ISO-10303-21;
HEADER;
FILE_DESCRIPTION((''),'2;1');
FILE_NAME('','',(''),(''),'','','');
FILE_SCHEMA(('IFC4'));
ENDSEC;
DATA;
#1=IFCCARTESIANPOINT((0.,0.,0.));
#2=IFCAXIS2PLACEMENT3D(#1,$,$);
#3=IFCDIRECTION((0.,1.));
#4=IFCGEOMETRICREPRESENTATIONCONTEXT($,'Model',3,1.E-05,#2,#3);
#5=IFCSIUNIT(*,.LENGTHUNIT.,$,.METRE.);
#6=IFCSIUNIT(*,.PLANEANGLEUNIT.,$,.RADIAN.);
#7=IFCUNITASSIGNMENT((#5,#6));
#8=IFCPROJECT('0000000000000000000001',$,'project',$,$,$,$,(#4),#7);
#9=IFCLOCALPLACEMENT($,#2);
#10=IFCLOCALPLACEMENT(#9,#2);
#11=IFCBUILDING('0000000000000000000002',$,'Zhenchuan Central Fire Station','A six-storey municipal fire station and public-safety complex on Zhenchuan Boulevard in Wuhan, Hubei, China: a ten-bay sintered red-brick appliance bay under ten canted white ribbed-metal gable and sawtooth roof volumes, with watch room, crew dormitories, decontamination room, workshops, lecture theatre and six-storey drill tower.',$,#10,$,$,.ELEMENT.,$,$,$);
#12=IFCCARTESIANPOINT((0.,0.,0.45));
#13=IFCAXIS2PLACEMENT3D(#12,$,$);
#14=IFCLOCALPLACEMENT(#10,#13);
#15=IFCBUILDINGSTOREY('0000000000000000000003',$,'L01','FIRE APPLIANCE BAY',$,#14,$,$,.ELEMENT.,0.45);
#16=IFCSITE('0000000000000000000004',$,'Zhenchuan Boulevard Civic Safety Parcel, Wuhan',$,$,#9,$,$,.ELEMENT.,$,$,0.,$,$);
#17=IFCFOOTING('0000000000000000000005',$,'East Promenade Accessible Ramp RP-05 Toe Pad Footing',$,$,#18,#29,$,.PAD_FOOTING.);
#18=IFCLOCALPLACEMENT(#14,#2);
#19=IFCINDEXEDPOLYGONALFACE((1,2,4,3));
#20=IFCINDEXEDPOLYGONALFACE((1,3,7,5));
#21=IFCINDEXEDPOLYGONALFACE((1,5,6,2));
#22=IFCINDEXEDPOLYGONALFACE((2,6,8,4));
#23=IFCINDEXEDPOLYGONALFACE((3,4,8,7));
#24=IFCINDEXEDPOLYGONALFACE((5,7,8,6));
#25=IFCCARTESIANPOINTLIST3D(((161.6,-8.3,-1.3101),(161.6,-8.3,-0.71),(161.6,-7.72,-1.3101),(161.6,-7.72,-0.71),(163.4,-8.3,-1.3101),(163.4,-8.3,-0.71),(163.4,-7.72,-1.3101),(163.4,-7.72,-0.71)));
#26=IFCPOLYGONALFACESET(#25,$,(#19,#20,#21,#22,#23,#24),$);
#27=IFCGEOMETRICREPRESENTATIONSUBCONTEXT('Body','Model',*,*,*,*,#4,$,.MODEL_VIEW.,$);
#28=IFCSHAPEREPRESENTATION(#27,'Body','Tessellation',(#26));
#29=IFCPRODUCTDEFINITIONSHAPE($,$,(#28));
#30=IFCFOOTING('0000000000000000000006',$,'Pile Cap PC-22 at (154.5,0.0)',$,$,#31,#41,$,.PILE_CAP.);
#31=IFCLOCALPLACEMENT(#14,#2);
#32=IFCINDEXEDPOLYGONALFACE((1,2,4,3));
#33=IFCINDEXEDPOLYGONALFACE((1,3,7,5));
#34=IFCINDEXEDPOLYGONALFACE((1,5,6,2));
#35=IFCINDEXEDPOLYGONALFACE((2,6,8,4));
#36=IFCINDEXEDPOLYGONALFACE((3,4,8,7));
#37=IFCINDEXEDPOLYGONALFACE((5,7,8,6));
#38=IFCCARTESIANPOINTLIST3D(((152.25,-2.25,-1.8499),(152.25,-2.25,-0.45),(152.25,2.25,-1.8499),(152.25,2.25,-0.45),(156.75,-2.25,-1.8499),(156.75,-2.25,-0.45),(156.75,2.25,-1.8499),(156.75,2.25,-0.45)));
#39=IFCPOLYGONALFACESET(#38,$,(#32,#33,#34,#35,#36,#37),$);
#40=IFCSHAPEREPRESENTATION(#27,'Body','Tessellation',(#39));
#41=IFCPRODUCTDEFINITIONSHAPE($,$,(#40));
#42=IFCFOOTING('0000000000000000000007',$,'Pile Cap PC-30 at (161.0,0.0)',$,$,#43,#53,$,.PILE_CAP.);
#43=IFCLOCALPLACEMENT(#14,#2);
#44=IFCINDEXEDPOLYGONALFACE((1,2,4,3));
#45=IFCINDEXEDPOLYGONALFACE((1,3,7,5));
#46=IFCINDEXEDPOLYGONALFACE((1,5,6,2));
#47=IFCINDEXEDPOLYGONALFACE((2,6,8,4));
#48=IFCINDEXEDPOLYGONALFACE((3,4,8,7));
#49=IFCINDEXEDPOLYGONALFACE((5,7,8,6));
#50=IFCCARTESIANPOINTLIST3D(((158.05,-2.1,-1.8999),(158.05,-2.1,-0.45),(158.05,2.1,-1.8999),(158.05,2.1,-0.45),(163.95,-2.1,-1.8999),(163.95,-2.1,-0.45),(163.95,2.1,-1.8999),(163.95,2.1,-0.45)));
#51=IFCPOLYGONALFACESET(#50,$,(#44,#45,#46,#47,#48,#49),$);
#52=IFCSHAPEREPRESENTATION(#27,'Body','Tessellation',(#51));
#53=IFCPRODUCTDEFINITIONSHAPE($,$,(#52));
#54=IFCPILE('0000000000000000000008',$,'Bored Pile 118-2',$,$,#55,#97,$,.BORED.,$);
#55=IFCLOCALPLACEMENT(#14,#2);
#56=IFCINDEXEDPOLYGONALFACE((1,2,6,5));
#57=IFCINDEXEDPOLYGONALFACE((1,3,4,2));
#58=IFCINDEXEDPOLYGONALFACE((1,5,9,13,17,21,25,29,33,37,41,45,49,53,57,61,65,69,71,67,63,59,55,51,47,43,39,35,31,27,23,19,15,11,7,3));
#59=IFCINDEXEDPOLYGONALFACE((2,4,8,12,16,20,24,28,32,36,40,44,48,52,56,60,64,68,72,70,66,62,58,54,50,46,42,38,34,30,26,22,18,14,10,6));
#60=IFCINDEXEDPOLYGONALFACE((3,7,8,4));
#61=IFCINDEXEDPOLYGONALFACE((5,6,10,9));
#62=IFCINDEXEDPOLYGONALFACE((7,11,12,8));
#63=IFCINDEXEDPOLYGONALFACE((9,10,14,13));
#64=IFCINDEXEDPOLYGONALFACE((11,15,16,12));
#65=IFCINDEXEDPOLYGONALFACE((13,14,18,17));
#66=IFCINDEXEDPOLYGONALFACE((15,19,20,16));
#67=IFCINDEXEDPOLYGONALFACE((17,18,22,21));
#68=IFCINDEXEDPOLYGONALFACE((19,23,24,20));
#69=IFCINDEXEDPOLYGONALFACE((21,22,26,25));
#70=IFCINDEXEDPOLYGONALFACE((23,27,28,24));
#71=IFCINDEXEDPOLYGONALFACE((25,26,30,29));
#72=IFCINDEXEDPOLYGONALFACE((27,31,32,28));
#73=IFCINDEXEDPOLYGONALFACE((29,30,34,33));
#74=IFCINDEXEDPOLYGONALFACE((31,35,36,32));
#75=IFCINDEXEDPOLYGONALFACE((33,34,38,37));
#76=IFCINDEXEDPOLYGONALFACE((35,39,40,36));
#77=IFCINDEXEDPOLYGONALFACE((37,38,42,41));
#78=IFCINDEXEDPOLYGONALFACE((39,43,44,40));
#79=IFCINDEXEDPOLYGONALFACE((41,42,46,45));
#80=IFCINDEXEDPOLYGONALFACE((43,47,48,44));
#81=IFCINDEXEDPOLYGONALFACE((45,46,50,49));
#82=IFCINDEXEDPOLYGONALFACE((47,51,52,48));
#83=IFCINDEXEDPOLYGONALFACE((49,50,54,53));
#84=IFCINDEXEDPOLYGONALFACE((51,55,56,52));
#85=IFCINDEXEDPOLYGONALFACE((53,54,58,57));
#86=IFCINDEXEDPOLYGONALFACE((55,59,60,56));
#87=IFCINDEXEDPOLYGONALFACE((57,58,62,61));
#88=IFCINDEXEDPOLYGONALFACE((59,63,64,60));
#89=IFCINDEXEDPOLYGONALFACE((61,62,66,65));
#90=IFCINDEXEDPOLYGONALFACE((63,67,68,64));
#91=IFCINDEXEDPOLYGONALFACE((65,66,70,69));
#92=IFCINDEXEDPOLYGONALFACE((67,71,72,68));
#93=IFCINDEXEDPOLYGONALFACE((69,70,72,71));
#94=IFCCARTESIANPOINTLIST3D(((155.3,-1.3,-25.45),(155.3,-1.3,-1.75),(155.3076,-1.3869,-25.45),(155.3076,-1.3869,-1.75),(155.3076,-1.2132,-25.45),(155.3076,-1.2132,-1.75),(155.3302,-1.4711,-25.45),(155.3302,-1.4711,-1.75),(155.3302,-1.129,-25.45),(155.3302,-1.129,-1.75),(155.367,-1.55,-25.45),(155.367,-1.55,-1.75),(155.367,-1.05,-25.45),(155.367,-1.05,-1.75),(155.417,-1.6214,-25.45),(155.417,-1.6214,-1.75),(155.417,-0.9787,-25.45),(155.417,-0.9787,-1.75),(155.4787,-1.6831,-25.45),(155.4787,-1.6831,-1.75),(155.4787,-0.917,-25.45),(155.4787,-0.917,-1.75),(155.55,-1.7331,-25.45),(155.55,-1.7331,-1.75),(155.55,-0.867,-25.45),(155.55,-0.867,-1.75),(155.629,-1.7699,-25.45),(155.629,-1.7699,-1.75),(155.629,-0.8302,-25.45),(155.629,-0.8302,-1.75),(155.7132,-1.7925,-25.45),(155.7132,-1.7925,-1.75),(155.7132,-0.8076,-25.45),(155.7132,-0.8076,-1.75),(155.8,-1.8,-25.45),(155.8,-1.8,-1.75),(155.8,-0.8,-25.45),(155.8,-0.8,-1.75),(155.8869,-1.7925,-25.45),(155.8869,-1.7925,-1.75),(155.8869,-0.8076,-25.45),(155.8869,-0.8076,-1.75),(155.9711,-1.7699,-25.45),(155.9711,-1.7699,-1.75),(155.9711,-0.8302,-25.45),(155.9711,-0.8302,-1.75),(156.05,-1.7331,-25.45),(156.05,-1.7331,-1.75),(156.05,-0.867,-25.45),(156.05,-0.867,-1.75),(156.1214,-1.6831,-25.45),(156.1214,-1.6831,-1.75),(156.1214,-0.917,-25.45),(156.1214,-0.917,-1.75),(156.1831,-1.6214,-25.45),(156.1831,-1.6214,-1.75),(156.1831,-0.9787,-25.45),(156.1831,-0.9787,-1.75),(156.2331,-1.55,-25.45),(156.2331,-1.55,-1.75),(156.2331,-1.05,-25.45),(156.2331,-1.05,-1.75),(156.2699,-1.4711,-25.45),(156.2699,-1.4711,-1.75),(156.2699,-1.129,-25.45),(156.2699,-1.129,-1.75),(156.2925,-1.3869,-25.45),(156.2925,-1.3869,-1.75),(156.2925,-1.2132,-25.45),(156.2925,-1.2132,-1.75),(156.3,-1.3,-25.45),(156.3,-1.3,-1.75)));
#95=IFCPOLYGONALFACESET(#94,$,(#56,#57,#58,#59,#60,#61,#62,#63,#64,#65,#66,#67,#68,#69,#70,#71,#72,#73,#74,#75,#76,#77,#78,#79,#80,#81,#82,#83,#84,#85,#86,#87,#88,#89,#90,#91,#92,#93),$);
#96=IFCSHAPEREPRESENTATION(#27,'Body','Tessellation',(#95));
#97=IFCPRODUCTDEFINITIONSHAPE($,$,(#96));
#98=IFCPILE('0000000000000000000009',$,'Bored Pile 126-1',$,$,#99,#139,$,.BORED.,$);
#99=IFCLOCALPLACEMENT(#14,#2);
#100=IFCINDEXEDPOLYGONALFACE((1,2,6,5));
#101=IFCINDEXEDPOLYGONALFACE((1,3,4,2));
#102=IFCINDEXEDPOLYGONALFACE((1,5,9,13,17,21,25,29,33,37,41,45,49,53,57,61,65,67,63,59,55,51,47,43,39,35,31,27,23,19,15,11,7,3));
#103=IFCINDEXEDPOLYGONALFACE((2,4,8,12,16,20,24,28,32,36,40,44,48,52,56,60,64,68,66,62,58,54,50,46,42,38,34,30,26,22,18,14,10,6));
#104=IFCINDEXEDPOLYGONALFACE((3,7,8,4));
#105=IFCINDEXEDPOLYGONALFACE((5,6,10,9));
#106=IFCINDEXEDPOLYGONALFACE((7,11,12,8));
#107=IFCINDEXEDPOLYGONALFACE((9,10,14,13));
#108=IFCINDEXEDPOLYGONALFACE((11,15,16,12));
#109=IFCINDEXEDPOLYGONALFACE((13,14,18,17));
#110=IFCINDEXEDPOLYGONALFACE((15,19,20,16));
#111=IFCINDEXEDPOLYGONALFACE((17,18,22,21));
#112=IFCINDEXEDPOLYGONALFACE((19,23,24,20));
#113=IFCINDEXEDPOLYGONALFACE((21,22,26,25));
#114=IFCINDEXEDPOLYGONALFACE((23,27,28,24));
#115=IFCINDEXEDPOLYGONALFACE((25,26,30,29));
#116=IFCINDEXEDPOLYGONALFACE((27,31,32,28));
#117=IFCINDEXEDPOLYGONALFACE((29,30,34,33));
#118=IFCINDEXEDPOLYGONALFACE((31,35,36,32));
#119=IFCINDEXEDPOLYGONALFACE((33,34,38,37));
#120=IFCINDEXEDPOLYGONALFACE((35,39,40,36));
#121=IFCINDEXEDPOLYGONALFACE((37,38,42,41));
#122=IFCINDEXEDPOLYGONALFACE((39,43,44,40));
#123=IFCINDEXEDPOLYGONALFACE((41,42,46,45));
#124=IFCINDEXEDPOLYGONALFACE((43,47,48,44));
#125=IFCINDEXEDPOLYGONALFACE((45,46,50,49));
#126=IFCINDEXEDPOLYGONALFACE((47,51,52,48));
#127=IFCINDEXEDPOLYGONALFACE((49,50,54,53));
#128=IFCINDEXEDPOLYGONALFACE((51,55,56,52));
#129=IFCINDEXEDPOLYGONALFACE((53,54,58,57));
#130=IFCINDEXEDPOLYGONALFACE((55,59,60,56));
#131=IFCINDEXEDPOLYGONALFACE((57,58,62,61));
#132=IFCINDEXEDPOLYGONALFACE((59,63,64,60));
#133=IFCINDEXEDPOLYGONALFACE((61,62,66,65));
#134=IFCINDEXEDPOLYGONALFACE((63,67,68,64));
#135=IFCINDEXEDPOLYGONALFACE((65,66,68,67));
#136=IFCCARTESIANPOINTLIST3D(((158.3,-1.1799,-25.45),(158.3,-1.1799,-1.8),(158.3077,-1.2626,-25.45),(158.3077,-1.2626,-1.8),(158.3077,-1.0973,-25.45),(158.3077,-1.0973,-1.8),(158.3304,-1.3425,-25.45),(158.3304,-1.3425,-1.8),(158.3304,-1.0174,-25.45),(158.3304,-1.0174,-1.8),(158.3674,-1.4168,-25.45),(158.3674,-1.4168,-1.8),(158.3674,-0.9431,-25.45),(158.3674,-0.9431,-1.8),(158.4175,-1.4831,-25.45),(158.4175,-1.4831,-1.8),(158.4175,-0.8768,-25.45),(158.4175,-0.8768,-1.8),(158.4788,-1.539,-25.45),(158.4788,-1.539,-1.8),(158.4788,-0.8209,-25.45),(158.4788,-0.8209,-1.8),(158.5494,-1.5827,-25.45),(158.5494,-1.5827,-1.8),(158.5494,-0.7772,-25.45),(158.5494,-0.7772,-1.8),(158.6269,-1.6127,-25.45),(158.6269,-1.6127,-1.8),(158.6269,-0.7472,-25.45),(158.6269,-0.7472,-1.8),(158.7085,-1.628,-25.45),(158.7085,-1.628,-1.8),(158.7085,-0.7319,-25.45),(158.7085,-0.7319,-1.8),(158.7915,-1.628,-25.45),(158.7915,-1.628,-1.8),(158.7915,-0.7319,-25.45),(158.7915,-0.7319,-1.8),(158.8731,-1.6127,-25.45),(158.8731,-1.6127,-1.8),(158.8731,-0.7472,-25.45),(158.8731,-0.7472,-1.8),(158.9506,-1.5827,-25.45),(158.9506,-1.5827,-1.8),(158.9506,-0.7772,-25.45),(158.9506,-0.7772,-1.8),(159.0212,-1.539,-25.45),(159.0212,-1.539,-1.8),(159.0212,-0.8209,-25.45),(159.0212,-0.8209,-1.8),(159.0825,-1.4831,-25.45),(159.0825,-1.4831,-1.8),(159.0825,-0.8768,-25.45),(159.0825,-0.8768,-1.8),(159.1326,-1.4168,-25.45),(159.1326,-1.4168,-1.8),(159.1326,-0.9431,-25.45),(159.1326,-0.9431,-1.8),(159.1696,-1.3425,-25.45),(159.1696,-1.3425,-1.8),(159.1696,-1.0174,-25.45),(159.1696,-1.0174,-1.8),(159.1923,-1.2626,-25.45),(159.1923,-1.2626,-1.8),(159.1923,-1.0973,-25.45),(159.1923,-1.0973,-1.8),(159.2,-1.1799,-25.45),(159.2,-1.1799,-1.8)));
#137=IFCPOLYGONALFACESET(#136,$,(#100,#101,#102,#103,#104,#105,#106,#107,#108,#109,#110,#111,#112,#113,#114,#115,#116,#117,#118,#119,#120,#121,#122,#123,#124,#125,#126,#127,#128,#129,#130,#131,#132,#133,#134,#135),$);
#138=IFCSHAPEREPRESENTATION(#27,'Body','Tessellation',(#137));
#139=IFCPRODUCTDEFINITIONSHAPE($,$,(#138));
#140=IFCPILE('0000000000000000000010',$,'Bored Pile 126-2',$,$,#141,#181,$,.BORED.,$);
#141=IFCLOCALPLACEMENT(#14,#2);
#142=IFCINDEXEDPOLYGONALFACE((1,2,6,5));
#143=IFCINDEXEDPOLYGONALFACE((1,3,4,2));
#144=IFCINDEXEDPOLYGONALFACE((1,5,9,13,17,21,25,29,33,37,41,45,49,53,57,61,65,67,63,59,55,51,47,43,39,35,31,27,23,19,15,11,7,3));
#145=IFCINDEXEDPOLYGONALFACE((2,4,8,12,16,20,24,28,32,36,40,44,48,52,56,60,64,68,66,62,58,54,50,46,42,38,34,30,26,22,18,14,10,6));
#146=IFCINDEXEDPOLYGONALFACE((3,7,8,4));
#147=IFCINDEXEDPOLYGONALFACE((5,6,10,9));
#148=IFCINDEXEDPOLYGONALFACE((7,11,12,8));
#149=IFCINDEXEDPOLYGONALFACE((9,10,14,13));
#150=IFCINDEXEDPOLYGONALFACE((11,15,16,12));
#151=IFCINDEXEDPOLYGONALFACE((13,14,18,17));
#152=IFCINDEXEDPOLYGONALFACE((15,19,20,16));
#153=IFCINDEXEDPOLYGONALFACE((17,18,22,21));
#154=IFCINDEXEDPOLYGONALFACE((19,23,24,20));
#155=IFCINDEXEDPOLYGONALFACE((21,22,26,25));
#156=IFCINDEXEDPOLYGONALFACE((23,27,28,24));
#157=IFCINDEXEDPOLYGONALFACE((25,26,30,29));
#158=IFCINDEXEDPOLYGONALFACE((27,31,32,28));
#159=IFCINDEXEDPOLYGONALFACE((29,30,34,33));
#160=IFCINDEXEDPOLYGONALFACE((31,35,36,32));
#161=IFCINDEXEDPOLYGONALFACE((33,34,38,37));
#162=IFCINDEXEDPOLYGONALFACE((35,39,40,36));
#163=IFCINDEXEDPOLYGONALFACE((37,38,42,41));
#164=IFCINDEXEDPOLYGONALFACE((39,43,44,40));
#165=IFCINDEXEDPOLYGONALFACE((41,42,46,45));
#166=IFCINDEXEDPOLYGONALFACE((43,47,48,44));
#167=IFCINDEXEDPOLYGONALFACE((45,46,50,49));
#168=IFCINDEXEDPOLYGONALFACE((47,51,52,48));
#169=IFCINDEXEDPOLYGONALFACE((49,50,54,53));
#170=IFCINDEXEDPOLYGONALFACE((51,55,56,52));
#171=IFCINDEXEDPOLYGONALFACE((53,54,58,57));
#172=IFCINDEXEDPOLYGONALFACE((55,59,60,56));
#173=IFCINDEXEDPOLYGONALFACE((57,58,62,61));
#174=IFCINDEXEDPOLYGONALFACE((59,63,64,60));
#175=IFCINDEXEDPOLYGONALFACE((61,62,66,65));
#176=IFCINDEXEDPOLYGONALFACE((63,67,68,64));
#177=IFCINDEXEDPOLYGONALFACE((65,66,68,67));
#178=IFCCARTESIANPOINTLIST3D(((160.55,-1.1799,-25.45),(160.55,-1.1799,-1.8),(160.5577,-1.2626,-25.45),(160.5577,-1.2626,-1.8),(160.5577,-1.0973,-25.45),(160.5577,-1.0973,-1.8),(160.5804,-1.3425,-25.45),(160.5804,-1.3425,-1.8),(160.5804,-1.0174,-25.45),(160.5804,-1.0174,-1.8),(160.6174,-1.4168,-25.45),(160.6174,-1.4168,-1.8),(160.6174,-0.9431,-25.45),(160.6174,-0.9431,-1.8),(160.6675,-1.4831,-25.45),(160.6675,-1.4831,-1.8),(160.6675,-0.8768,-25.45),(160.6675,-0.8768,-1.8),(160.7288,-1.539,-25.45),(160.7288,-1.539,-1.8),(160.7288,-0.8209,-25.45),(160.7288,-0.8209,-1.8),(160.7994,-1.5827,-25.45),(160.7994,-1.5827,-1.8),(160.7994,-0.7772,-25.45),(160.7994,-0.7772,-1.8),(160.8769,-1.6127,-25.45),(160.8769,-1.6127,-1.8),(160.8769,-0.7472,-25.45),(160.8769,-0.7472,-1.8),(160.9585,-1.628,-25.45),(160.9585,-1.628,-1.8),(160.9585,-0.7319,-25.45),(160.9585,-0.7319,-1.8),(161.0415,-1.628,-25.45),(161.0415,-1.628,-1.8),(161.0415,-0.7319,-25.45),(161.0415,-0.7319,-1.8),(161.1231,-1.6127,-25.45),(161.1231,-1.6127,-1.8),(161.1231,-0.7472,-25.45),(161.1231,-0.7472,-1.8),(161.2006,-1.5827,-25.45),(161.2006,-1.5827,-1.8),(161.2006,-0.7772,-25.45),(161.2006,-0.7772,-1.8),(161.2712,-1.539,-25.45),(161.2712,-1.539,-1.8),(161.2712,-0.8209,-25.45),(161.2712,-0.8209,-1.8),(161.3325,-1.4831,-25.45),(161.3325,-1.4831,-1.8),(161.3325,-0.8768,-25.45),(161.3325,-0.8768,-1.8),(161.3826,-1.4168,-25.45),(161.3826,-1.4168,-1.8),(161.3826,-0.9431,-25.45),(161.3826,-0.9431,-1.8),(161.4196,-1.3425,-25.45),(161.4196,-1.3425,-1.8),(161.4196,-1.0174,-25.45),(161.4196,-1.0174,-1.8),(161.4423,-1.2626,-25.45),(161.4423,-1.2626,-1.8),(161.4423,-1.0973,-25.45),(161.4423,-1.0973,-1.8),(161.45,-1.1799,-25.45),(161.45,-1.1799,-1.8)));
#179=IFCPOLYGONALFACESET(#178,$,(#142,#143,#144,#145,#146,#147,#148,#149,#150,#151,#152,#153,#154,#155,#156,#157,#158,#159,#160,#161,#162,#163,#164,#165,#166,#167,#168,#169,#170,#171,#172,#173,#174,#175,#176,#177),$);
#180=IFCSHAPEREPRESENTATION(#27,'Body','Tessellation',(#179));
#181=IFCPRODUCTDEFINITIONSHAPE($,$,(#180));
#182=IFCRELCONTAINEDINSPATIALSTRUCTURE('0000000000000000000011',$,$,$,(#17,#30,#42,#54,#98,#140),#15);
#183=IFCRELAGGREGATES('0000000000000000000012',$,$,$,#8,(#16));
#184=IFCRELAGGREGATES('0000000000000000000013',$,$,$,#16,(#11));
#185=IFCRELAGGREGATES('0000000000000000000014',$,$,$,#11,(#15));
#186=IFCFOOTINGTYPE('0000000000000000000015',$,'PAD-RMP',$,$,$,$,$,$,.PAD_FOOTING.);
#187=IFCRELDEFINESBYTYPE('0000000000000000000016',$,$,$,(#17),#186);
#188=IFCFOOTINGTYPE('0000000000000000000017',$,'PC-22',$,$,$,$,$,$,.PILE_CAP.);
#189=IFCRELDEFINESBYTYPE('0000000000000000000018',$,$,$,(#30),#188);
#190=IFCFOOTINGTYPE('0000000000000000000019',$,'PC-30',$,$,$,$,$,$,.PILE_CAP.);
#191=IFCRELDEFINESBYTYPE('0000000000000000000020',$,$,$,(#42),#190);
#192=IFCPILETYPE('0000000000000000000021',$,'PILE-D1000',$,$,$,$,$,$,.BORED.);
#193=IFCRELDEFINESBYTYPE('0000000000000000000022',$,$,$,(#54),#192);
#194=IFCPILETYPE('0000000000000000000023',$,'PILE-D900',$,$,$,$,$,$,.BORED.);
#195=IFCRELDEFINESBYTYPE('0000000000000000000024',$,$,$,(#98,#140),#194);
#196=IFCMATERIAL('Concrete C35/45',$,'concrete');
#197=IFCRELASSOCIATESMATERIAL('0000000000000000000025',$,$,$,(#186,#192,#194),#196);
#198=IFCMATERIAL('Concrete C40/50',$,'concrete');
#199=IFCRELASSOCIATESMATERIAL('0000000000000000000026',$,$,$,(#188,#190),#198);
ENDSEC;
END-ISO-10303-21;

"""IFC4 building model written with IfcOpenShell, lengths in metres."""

from ifc_helpers import new_model, si_unit, direction, frame, origin, origin_2d, place, context, subcontext, project, spatial, rectangle, circle, extrude, material, material_profile, profile_set, type_object, element, save


model = new_model("IFC4")

# Units and contexts
model_context = context("Model", 3, precision=1e-05, world=origin(), true_north=direction((0.0, 1.0)))
body_context = subcontext(model_context, "Body", "Model", "MODEL_VIEW")
ifc_project = project(units=[si_unit("LENGTHUNIT", "METRE"), si_unit("PLANEANGLEUNIT", "RADIAN")], contexts=[model_context])

# Site, building, storey
site_placement = place(None, origin())
site = spatial("IfcSite", under=ifc_project, at=site_placement, Name="Zhenchuan Boulevard Civic Safety Parcel, Wuhan", CompositionType="ELEMENT", RefElevation=0.0)
building_placement = place(site_placement, origin())
building = spatial("IfcBuilding", under=site, at=building_placement, Name="Zhenchuan Central Fire Station", Description="A six-storey municipal fire station and public-safety complex on Zhenchuan Boulevard in Wuhan, Hubei, China: a ten-bay sintered red-brick appliance bay under ten canted white ribbed-metal gable and sawtooth roof volumes, with watch room, crew dormitories, decontamination room, workshops, lecture theatre and six-storey drill tower.", CompositionType="ELEMENT")
storey_placement = place(building_placement, frame((0.0, 0.0, 0.45)))
storey = spatial("IfcBuildingStorey", under=building, at=storey_placement, Name="L01", Description="FIRE APPLIANCE BAY", CompositionType="ELEMENT", Elevation=0.45)

# Footings
ifc_material_1 = material(Name="Concrete C35/45", Category="concrete")
footing_type_1 = type_object("IfcFootingType", Name="PAD-RMP", PredefinedType="PAD_FOOTING", material=ifc_material_1)
footing_1_placement = place(storey_placement, frame((162.5, -8.01, -1.3101), z_axis=(0.0, 0.0, 1.0), x_axis=(1.0, 0.0, 0.0)))
element("IfcFooting", 1, at=footing_1_placement, inside=storey, type_object=footing_type_1, Name="East Promenade Accessible Ramp RP-05 Toe Pad Footing", PredefinedType="PAD_FOOTING", context=body_context, shape_type="SweptSolid", body=[
    extrude(rectangle(XDim=1.8, YDim=0.5801, at=origin_2d()), origin(), (0.0, 0.0, 1.0), 0.6001),
])
ifc_material_2 = material(Name="Concrete C40/50", Category="concrete")
footing_type_2 = type_object("IfcFootingType", Name="PC-22", PredefinedType="PILE_CAP", material=ifc_material_2)
footing_2_placement = place(storey_placement, frame((154.5, 0.0, -1.8499), z_axis=(0.0, 0.0, 1.0), x_axis=(1.0, 0.0, 0.0)))
element("IfcFooting", 2, at=footing_2_placement, inside=storey, type_object=footing_type_2, Name="Pile Cap PC-22 at (154.5,0.0)", PredefinedType="PILE_CAP", context=body_context, shape_type="SweptSolid", body=[
    extrude(rectangle(XDim=4.5, YDim=4.5, at=origin_2d()), origin(), (0.0, 0.0, 1.0), 1.3999),
])
footing_type_3 = type_object("IfcFootingType", Name="PC-30", PredefinedType="PILE_CAP", material=ifc_material_2)
footing_3_placement = place(storey_placement, frame((161.0, 0.0, -1.8999), z_axis=(0.0, 0.0, 1.0), x_axis=(1.0, 0.0, 0.0)))
element("IfcFooting", 3, at=footing_3_placement, inside=storey, type_object=footing_type_3, Name="Pile Cap PC-30 at (161.0,0.0)", PredefinedType="PILE_CAP", context=body_context, shape_type="SweptSolid", body=[
    extrude(rectangle(XDim=5.8999, YDim=4.2, at=origin_2d()), origin(), (0.0, 0.0, 1.0), 1.45),
])

# Piles
ifc_material_profile_1 = material_profile(ifc_material_1, circle(Radius=0.5, at=origin_2d()), Name="PILE D1000")
ifc_profile_set_1 = profile_set([ifc_material_profile_1], Name="Concrete C35/45")
pile_type_1 = type_object("IfcPileType", Name="PILE-D1000", PredefinedType="BORED", material=ifc_profile_set_1)
pile_placement = place(storey_placement, frame((155.8, -1.3, -1.75), z_axis=(0.0, 0.0, -1.0), x_axis=(1.0, 0.0, 0.0)))
element("IfcPile", 4, at=pile_placement, inside=storey, type_object=pile_type_1, Name="Bored Pile 118-2", PredefinedType="BORED", context=body_context, shape_type="SweptSolid", body=[
    extrude(circle(Radius=0.5, at=origin_2d()), origin(), (0.0, 0.0, 1.0), 23.7),
])
ifc_material_profile_2 = material_profile(ifc_material_1, circle(Radius=0.45, at=origin_2d()), Name="PILE D900")
ifc_profile_set_2 = profile_set([ifc_material_profile_2], Name="Concrete C35/45")
pile_type_2 = type_object("IfcPileType", Name="PILE-D900", PredefinedType="BORED", material=ifc_profile_set_2)
for number, where, z_axis, x_axis, name in (
    (5, (158.75, -1.1799, -1.8), (0.0, 0.0, -1.0), (1.0, 0.0, 0.0), "Bored Pile 126-1"),
    (6, (161.0, -1.1799, -1.8), (0.0, 0.0, -1.0), (1.0, 0.0, 0.0), "Bored Pile 126-2"),
):
    element("IfcPile", number, at=place(storey_placement, frame(where, z_axis=z_axis, x_axis=x_axis)), inside=storey, type_object=pile_type_2, Name=name, PredefinedType="BORED", context=body_context, shape_type="SweptSolid", body=[
        extrude(circle(Radius=0.45, at=origin_2d()), origin(), (0.0, 0.0, 1.0), 23.6499),
    ])

save(model, "model.ifc")
